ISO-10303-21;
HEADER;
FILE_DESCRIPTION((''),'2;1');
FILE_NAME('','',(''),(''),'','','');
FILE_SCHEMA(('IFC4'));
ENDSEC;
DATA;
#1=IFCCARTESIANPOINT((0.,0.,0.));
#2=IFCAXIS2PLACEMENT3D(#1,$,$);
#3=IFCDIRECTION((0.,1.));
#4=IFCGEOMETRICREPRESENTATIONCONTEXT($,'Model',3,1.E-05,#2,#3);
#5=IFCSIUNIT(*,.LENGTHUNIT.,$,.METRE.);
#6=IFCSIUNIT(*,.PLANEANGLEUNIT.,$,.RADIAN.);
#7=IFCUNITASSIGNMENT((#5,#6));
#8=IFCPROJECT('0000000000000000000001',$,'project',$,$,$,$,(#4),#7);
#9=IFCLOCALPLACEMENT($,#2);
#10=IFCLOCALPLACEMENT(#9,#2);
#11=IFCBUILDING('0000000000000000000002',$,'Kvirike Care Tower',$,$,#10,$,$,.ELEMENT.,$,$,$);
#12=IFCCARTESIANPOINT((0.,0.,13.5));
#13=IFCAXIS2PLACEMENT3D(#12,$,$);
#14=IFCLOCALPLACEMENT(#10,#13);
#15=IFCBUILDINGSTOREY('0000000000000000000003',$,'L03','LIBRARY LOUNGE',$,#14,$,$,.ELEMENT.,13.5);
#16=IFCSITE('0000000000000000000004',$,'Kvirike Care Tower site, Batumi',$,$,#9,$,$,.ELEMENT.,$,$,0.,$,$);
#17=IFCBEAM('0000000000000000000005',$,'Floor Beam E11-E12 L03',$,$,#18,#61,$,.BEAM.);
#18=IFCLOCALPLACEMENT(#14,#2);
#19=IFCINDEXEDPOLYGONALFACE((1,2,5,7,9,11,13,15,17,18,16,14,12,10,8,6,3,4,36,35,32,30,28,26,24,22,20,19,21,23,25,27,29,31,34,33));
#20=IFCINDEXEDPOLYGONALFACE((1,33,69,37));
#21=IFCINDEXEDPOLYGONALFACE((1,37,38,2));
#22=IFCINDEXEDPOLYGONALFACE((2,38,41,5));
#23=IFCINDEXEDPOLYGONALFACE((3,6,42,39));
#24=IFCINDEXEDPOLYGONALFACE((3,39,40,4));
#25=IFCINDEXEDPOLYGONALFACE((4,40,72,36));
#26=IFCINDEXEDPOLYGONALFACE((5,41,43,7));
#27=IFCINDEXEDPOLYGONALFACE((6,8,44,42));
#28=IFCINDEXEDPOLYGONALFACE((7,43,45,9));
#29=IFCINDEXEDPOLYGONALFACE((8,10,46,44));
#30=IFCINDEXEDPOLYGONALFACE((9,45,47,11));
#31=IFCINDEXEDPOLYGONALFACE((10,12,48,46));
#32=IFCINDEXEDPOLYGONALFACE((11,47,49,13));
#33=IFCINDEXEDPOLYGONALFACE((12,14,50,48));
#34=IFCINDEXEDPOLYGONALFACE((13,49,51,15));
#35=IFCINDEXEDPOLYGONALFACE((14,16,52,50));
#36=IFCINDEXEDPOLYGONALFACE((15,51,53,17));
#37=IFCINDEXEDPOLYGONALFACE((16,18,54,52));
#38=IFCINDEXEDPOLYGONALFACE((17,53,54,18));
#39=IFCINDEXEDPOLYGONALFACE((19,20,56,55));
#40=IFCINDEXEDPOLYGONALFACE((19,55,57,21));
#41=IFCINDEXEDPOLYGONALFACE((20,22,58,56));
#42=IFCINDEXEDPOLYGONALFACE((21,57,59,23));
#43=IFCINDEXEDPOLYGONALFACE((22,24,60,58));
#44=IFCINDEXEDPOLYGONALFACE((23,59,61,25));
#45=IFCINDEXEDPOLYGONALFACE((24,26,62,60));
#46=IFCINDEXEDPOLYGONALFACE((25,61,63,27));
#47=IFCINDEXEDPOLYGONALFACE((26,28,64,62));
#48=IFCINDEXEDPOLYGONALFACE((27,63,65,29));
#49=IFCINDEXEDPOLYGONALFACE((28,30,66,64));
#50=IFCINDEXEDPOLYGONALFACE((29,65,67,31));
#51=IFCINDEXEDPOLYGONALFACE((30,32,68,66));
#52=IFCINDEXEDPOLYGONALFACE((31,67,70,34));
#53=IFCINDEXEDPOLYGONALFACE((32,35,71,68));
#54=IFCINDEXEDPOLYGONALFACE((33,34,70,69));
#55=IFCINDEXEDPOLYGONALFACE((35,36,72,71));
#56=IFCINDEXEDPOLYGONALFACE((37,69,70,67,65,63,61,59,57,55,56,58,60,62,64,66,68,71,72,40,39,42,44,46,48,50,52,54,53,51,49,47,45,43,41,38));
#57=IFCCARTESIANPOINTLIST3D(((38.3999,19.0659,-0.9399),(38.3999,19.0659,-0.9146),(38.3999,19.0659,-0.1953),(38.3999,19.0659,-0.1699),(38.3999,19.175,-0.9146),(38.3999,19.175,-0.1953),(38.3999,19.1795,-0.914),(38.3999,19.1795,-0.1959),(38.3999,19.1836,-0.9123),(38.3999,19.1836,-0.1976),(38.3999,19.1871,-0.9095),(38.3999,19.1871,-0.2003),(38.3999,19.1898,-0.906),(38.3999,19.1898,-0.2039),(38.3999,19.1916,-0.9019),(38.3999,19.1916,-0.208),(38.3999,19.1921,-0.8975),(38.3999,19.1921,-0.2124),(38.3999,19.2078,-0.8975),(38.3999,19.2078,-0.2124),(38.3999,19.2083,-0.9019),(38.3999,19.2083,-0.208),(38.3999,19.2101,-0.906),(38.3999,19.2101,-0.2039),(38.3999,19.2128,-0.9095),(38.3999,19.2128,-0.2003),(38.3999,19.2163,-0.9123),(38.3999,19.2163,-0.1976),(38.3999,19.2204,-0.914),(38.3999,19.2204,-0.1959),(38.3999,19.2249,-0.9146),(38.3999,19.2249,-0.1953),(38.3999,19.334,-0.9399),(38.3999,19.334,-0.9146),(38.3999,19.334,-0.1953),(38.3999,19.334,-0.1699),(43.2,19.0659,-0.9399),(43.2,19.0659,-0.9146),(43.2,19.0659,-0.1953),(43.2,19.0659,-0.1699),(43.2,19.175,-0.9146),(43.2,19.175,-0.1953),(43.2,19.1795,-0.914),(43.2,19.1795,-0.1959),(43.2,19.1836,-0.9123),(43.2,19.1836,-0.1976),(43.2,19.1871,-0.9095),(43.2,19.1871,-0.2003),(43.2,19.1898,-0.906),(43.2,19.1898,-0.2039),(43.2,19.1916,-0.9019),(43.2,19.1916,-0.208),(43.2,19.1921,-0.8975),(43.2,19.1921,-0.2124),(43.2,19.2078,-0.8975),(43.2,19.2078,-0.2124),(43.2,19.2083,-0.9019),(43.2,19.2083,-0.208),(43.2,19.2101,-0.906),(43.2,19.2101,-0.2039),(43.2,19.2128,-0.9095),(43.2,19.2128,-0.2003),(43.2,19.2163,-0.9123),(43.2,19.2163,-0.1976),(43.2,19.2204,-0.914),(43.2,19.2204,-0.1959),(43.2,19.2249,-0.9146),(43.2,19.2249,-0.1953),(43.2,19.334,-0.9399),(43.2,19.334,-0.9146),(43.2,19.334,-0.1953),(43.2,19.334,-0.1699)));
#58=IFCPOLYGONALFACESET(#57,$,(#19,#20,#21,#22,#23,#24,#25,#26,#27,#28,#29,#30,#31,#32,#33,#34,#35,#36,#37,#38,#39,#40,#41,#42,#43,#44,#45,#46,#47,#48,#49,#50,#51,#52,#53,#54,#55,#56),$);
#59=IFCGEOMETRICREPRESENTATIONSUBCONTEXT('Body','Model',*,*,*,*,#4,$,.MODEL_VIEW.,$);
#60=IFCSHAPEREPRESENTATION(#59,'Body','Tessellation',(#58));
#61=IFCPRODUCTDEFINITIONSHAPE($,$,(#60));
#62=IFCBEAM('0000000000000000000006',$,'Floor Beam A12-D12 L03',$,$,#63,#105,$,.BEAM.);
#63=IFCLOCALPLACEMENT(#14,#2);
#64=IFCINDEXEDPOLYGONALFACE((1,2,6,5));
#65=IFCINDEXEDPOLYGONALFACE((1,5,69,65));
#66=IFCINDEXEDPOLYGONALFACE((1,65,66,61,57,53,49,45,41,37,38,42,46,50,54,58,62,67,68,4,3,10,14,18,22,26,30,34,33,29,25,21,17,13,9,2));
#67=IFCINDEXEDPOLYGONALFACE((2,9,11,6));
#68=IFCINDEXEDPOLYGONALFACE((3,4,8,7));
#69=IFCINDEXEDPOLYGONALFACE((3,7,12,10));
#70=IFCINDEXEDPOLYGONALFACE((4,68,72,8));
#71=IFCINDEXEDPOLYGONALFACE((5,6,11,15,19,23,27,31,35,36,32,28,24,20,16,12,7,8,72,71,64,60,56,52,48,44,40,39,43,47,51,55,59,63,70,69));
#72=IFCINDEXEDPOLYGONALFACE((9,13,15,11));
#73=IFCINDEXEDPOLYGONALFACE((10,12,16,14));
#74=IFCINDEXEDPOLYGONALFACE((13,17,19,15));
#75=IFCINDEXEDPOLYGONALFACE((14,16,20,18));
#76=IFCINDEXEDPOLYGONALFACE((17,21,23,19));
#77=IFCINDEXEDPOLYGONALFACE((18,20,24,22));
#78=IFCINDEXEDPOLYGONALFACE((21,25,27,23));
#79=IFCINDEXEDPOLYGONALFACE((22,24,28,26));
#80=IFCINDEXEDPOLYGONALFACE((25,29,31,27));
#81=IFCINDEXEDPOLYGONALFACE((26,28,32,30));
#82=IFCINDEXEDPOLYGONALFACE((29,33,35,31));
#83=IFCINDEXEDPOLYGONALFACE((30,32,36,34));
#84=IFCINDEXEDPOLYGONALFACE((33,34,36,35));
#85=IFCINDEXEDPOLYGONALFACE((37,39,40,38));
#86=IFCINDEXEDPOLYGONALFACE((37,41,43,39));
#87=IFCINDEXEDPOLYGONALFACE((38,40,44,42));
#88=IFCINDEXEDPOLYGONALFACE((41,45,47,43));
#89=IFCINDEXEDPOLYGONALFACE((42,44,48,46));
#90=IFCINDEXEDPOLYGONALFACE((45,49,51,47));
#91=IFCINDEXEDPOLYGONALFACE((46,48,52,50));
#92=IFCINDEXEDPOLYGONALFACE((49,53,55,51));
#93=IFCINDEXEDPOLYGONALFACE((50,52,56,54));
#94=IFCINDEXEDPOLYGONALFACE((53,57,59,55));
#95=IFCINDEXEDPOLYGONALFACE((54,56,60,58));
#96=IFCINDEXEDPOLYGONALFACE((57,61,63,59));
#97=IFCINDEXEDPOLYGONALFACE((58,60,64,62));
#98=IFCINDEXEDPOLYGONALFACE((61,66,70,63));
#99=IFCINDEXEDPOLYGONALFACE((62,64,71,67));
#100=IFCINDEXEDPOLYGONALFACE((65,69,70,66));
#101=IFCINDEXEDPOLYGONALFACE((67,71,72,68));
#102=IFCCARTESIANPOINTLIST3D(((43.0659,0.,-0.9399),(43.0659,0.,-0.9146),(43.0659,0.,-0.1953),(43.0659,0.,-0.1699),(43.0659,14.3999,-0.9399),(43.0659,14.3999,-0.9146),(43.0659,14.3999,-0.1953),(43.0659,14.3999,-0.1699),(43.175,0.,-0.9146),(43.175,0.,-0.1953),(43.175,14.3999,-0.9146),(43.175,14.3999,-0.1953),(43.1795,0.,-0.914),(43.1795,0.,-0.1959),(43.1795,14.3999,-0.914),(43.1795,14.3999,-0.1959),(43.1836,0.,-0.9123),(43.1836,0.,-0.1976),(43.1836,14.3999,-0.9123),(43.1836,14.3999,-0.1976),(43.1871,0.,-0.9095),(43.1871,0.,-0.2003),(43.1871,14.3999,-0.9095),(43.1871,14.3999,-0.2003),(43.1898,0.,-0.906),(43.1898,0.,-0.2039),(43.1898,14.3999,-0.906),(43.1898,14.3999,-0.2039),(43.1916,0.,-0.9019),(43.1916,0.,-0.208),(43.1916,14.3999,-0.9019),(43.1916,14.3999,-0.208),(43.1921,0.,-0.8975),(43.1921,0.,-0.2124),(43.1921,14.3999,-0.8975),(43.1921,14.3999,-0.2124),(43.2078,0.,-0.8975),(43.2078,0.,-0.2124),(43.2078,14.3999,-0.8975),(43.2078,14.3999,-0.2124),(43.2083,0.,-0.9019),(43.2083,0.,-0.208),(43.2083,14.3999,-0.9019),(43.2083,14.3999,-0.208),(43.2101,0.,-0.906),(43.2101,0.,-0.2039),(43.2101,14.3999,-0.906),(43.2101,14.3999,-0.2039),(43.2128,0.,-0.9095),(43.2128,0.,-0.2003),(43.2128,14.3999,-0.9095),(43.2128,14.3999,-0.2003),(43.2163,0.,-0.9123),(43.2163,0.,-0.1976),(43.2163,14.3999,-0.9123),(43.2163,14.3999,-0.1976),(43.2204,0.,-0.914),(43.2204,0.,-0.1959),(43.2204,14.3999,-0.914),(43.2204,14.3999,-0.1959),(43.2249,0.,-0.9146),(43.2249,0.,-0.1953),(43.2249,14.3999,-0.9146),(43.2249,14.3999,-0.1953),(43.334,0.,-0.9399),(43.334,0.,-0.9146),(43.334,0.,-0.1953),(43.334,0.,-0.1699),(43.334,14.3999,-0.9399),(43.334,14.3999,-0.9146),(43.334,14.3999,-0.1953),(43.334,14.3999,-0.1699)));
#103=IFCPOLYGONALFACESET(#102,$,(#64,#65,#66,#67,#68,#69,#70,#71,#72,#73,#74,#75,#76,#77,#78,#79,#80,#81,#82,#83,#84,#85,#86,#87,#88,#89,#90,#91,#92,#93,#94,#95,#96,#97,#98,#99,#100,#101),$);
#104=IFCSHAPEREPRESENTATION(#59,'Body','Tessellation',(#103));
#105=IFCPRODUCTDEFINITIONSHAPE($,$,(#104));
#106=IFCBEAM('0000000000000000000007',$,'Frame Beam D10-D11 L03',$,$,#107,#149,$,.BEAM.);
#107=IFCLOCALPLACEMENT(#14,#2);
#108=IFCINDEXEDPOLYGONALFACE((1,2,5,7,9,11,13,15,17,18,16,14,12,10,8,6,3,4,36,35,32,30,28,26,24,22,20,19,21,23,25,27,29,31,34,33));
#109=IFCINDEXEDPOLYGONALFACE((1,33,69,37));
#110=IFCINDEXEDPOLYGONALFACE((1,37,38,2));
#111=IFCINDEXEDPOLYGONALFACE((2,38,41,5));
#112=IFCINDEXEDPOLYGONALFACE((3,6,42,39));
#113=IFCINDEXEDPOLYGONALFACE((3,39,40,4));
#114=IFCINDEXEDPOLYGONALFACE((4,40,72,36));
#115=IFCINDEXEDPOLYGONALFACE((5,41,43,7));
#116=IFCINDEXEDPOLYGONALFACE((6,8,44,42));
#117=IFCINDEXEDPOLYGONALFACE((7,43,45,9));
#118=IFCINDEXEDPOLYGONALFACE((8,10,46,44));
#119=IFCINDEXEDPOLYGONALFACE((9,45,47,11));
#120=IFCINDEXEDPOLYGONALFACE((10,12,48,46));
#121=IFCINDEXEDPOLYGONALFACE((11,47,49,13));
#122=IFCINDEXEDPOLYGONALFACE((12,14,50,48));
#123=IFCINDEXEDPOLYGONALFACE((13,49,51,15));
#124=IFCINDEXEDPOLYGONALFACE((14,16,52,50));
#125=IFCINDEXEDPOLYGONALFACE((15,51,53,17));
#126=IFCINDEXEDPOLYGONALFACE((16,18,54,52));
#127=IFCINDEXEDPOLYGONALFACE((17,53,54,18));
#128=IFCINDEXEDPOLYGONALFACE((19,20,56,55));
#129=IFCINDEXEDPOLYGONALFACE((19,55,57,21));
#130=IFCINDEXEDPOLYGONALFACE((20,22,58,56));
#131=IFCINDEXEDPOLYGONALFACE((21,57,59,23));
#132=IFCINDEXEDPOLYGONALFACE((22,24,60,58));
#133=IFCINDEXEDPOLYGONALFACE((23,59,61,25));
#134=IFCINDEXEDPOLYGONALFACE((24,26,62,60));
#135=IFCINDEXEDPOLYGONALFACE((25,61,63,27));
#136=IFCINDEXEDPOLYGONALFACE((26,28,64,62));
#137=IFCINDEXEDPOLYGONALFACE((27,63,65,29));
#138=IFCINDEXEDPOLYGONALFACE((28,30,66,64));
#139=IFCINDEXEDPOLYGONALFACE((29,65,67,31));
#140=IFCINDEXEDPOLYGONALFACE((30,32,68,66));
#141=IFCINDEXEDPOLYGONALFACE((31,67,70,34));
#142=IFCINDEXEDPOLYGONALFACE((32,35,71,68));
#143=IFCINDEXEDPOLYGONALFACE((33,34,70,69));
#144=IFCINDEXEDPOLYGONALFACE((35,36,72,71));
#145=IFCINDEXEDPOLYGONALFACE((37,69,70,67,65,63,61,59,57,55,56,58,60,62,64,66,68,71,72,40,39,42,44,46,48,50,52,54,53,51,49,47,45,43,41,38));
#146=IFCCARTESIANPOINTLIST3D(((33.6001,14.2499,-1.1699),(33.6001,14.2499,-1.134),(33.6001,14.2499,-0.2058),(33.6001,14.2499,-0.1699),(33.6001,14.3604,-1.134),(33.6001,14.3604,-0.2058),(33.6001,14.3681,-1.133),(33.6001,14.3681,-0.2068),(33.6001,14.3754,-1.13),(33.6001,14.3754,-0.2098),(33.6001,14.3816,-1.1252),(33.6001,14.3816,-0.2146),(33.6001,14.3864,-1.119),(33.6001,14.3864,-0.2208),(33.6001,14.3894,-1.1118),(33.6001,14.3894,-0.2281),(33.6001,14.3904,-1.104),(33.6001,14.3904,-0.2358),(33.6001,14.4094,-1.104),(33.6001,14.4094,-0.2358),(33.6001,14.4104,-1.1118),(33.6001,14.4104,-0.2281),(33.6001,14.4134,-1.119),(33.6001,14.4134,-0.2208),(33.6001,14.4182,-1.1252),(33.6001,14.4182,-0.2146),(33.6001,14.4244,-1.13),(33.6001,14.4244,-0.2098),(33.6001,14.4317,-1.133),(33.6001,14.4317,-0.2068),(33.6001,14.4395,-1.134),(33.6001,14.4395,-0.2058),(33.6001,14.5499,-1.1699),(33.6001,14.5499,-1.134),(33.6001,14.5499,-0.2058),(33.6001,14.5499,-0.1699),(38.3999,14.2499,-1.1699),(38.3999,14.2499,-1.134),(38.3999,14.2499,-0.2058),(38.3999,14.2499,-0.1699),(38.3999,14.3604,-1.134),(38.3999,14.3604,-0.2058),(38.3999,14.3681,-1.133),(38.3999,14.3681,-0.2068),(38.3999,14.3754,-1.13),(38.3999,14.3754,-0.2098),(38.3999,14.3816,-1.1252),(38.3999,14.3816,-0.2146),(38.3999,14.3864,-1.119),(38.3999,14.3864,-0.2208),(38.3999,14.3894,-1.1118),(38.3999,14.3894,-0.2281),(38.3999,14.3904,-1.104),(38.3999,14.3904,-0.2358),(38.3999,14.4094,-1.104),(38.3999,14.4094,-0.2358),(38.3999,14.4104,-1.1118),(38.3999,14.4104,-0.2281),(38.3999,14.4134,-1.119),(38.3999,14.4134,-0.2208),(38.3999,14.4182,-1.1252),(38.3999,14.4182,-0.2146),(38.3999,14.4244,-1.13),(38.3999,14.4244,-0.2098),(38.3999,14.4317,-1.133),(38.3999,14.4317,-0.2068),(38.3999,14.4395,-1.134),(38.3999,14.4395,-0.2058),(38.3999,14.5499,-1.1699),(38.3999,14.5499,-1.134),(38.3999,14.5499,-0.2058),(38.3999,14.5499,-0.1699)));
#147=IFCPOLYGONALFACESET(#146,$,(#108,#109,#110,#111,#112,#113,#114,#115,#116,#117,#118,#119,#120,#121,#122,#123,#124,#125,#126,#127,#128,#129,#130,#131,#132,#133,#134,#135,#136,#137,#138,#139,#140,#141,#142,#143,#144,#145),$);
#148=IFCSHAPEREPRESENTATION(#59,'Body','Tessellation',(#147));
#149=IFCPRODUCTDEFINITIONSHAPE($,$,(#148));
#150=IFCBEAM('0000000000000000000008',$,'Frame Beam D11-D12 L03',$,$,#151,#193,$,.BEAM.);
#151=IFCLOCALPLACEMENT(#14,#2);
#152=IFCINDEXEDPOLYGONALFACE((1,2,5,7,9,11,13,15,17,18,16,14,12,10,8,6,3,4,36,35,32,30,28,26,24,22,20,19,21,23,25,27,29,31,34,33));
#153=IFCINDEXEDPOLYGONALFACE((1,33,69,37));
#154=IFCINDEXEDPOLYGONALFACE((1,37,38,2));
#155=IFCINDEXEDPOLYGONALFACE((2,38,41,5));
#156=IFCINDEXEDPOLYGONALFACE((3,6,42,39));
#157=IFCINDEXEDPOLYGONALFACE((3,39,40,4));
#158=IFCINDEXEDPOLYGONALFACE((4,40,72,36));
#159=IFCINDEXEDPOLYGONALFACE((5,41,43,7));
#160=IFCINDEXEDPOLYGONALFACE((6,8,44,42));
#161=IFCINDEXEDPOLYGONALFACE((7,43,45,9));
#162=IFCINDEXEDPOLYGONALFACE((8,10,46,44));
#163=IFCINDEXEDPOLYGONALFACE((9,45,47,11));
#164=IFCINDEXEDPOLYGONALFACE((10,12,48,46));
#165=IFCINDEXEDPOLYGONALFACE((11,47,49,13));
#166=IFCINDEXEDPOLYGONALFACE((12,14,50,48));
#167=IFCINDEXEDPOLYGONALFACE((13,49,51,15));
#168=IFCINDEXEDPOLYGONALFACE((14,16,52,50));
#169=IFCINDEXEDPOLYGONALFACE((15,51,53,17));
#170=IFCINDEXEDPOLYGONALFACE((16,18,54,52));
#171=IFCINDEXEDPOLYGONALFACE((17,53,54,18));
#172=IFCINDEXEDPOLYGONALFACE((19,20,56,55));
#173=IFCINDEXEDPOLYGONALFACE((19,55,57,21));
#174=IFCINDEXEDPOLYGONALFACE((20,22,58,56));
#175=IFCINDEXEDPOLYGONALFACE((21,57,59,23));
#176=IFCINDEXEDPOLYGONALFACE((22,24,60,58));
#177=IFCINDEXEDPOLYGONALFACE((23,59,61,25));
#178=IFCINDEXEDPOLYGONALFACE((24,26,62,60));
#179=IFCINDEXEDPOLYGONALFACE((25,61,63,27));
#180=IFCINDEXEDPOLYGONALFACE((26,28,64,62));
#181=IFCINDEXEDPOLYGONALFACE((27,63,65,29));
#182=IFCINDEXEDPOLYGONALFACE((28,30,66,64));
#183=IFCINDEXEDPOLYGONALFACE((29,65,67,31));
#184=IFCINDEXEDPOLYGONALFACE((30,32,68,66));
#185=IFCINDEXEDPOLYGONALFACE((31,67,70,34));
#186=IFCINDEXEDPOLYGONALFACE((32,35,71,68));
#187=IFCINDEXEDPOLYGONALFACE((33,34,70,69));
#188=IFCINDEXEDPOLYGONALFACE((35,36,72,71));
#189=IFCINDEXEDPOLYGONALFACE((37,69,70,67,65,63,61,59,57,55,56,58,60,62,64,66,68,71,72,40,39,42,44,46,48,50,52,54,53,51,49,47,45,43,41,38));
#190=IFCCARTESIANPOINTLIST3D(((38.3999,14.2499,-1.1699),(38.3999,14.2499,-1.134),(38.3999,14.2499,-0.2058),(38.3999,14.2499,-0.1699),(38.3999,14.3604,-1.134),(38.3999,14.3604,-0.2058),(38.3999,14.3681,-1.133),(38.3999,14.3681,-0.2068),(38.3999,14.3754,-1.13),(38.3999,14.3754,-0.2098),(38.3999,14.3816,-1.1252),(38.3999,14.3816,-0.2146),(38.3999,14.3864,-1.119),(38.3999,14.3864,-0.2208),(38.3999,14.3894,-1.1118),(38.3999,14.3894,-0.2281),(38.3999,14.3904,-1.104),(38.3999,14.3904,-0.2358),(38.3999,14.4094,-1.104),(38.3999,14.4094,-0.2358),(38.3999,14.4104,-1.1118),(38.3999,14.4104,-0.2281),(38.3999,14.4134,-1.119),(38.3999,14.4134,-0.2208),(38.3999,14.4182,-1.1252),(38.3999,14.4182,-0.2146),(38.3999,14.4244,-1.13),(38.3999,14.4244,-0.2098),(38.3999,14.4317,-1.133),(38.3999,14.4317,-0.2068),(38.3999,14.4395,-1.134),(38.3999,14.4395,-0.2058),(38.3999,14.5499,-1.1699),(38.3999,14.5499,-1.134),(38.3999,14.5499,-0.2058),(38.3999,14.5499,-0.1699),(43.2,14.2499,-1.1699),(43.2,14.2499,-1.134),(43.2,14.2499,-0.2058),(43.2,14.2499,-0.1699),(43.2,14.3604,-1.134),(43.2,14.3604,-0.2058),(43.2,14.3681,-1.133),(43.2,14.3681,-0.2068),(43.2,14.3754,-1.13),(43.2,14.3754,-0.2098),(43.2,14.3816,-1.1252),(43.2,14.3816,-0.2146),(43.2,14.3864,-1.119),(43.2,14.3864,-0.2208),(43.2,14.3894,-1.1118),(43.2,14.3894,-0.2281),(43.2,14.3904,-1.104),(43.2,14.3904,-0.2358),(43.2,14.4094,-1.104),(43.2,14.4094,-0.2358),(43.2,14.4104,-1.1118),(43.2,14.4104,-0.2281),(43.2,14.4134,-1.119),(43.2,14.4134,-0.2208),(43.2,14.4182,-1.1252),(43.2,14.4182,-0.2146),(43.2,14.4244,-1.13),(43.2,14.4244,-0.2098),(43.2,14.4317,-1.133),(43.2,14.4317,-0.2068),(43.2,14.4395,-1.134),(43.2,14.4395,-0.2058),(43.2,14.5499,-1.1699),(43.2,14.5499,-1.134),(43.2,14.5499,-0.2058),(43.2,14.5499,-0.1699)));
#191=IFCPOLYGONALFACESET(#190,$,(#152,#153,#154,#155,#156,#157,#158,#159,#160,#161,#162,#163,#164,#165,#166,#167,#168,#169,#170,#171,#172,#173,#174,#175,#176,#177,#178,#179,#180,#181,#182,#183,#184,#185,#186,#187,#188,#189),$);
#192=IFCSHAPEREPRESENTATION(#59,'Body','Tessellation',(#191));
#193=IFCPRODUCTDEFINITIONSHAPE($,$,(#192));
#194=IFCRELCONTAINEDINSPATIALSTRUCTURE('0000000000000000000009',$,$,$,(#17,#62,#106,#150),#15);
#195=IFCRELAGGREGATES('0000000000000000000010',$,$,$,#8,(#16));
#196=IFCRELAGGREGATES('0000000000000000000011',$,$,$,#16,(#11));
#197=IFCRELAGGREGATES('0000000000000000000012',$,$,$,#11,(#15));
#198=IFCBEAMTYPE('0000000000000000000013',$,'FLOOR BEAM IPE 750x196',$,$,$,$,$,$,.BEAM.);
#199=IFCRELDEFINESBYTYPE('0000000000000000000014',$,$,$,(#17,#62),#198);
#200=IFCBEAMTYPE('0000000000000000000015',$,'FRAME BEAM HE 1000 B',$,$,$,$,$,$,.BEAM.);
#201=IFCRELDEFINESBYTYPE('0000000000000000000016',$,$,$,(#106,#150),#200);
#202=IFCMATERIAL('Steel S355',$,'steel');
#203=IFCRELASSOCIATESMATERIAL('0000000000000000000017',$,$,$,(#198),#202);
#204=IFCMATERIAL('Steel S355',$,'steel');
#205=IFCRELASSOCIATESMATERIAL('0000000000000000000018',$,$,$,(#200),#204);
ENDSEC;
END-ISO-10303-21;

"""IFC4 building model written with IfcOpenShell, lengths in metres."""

from ifc_helpers import new_model, si_unit, direction, frame, origin, origin_2d, place, context, subcontext, project, spatial, i_section, extrude, material, material_profile, profile_set, type_object, element, save


model = new_model("IFC4")

# Units and contexts
model_context = context("Model", 3, precision=1e-05, world=origin(), true_north=direction((0.0, 1.0)))
body_context = subcontext(model_context, "Body", "Model", "MODEL_VIEW")
ifc_project = project(units=[si_unit("LENGTHUNIT", "METRE"), si_unit("PLANEANGLEUNIT", "RADIAN")], contexts=[model_context])

# Site, building, storey
site_placement = place(None, origin())
site = spatial("IfcSite", under=ifc_project, at=site_placement, Name="Kvirike Care Tower site, Batumi", CompositionType="ELEMENT", RefElevation=0.0)
building_placement = place(site_placement, origin())
building = spatial("IfcBuilding", under=site, at=building_placement, Name="Kvirike Care Tower", CompositionType="ELEMENT")
storey_placement = place(building_placement, frame((0.0, 0.0, 13.5)))
storey = spatial("IfcBuildingStorey", under=building, at=storey_placement, Name="L03", Description="LIBRARY LOUNGE", CompositionType="ELEMENT", Elevation=13.5)

# Beams
ifc_material_1 = material(Name="Steel S355", Category="steel")
ifc_material_profile_1 = material_profile(ifc_material_1, i_section(OverallWidth=0.2681, OverallDepth=0.77, WebThickness=0.0156, FlangeThickness=0.0254, FilletRadius=0.0171, at=origin_2d()), Name="IPE 750x196")
ifc_profile_set_1 = profile_set([ifc_material_profile_1], Name="Steel S355")
beam_type_1 = type_object("IfcBeamType", Name="FLOOR BEAM IPE 750x196", PredefinedType="BEAM", material=ifc_profile_set_1)
beam_1_placement = place(storey_placement, frame((38.3999, 19.2, -0.5549), z_axis=(1.0, 0.0, 0.0), x_axis=(0.0, 1.0, 0.0)))
element("IfcBeam", 1, at=beam_1_placement, inside=storey, type_object=beam_type_1, Name="Floor Beam E11-E12 L03", PredefinedType="BEAM", context=body_context, shape_type="SweptSolid", body=[
    extrude(i_section(OverallWidth=0.2681, OverallDepth=0.77, WebThickness=0.0156, FlangeThickness=0.0254, FilletRadius=0.0171, at=origin_2d()), origin(), (0.0, 0.0, 1.0), 4.8),
])
beam_2_placement = place(storey_placement, frame((43.2, 0.0, -0.5549), z_axis=(0.0, 1.0, 0.0), x_axis=(-1.0, 0.0, 0.0)))
element("IfcBeam", 2, at=beam_2_placement, inside=storey, type_object=beam_type_1, Name="Floor Beam A12-D12 L03", PredefinedType="BEAM", context=body_context, shape_type="SweptSolid", body=[
    extrude(i_section(OverallWidth=0.2681, OverallDepth=0.77, WebThickness=0.0156, FlangeThickness=0.0254, FilletRadius=0.0171, at=origin_2d()), origin(), (0.0, 0.0, 1.0), 14.3999),
])
ifc_material_2 = material(Name="Steel S355", Category="steel")
ifc_material_profile_2 = material_profile(ifc_material_2, i_section(OverallWidth=0.3, OverallDepth=1.0, WebThickness=0.019, FlangeThickness=0.0359, FilletRadius=0.03, at=origin_2d()), Name="HE 1000 B")
ifc_profile_set_2 = profile_set([ifc_material_profile_2], Name="Steel S355")
beam_type_2 = type_object("IfcBeamType", Name="FRAME BEAM HE 1000 B", PredefinedType="BEAM", material=ifc_profile_set_2)
beam_3_placement = place(storey_placement, frame((33.6001, 14.3999, -0.6699), z_axis=(1.0, 0.0, 0.0), x_axis=(0.0, 1.0, 0.0)))
element("IfcBeam", 3, at=beam_3_placement, inside=storey, type_object=beam_type_2, Name="Frame Beam D10-D11 L03", PredefinedType="BEAM", context=body_context, shape_type="SweptSolid", body=[
    extrude(i_section(OverallWidth=0.3, OverallDepth=1.0, WebThickness=0.019, FlangeThickness=0.0359, FilletRadius=0.03, at=origin_2d()), origin(), (0.0, 0.0, 1.0), 4.7998),
])
beam_4_placement = place(storey_placement, frame((38.3999, 14.3999, -0.6699), z_axis=(1.0, 0.0, 0.0), x_axis=(0.0, 1.0, 0.0)))
element("IfcBeam", 4, at=beam_4_placement, inside=storey, type_object=beam_type_2, Name="Frame Beam D11-D12 L03", PredefinedType="BEAM", context=body_context, shape_type="SweptSolid", body=[
    extrude(i_section(OverallWidth=0.3, OverallDepth=1.0, WebThickness=0.019, FlangeThickness=0.0359, FilletRadius=0.03, at=origin_2d()), origin(), (0.0, 0.0, 1.0), 4.8),
])

save(model, "model.ifc")
